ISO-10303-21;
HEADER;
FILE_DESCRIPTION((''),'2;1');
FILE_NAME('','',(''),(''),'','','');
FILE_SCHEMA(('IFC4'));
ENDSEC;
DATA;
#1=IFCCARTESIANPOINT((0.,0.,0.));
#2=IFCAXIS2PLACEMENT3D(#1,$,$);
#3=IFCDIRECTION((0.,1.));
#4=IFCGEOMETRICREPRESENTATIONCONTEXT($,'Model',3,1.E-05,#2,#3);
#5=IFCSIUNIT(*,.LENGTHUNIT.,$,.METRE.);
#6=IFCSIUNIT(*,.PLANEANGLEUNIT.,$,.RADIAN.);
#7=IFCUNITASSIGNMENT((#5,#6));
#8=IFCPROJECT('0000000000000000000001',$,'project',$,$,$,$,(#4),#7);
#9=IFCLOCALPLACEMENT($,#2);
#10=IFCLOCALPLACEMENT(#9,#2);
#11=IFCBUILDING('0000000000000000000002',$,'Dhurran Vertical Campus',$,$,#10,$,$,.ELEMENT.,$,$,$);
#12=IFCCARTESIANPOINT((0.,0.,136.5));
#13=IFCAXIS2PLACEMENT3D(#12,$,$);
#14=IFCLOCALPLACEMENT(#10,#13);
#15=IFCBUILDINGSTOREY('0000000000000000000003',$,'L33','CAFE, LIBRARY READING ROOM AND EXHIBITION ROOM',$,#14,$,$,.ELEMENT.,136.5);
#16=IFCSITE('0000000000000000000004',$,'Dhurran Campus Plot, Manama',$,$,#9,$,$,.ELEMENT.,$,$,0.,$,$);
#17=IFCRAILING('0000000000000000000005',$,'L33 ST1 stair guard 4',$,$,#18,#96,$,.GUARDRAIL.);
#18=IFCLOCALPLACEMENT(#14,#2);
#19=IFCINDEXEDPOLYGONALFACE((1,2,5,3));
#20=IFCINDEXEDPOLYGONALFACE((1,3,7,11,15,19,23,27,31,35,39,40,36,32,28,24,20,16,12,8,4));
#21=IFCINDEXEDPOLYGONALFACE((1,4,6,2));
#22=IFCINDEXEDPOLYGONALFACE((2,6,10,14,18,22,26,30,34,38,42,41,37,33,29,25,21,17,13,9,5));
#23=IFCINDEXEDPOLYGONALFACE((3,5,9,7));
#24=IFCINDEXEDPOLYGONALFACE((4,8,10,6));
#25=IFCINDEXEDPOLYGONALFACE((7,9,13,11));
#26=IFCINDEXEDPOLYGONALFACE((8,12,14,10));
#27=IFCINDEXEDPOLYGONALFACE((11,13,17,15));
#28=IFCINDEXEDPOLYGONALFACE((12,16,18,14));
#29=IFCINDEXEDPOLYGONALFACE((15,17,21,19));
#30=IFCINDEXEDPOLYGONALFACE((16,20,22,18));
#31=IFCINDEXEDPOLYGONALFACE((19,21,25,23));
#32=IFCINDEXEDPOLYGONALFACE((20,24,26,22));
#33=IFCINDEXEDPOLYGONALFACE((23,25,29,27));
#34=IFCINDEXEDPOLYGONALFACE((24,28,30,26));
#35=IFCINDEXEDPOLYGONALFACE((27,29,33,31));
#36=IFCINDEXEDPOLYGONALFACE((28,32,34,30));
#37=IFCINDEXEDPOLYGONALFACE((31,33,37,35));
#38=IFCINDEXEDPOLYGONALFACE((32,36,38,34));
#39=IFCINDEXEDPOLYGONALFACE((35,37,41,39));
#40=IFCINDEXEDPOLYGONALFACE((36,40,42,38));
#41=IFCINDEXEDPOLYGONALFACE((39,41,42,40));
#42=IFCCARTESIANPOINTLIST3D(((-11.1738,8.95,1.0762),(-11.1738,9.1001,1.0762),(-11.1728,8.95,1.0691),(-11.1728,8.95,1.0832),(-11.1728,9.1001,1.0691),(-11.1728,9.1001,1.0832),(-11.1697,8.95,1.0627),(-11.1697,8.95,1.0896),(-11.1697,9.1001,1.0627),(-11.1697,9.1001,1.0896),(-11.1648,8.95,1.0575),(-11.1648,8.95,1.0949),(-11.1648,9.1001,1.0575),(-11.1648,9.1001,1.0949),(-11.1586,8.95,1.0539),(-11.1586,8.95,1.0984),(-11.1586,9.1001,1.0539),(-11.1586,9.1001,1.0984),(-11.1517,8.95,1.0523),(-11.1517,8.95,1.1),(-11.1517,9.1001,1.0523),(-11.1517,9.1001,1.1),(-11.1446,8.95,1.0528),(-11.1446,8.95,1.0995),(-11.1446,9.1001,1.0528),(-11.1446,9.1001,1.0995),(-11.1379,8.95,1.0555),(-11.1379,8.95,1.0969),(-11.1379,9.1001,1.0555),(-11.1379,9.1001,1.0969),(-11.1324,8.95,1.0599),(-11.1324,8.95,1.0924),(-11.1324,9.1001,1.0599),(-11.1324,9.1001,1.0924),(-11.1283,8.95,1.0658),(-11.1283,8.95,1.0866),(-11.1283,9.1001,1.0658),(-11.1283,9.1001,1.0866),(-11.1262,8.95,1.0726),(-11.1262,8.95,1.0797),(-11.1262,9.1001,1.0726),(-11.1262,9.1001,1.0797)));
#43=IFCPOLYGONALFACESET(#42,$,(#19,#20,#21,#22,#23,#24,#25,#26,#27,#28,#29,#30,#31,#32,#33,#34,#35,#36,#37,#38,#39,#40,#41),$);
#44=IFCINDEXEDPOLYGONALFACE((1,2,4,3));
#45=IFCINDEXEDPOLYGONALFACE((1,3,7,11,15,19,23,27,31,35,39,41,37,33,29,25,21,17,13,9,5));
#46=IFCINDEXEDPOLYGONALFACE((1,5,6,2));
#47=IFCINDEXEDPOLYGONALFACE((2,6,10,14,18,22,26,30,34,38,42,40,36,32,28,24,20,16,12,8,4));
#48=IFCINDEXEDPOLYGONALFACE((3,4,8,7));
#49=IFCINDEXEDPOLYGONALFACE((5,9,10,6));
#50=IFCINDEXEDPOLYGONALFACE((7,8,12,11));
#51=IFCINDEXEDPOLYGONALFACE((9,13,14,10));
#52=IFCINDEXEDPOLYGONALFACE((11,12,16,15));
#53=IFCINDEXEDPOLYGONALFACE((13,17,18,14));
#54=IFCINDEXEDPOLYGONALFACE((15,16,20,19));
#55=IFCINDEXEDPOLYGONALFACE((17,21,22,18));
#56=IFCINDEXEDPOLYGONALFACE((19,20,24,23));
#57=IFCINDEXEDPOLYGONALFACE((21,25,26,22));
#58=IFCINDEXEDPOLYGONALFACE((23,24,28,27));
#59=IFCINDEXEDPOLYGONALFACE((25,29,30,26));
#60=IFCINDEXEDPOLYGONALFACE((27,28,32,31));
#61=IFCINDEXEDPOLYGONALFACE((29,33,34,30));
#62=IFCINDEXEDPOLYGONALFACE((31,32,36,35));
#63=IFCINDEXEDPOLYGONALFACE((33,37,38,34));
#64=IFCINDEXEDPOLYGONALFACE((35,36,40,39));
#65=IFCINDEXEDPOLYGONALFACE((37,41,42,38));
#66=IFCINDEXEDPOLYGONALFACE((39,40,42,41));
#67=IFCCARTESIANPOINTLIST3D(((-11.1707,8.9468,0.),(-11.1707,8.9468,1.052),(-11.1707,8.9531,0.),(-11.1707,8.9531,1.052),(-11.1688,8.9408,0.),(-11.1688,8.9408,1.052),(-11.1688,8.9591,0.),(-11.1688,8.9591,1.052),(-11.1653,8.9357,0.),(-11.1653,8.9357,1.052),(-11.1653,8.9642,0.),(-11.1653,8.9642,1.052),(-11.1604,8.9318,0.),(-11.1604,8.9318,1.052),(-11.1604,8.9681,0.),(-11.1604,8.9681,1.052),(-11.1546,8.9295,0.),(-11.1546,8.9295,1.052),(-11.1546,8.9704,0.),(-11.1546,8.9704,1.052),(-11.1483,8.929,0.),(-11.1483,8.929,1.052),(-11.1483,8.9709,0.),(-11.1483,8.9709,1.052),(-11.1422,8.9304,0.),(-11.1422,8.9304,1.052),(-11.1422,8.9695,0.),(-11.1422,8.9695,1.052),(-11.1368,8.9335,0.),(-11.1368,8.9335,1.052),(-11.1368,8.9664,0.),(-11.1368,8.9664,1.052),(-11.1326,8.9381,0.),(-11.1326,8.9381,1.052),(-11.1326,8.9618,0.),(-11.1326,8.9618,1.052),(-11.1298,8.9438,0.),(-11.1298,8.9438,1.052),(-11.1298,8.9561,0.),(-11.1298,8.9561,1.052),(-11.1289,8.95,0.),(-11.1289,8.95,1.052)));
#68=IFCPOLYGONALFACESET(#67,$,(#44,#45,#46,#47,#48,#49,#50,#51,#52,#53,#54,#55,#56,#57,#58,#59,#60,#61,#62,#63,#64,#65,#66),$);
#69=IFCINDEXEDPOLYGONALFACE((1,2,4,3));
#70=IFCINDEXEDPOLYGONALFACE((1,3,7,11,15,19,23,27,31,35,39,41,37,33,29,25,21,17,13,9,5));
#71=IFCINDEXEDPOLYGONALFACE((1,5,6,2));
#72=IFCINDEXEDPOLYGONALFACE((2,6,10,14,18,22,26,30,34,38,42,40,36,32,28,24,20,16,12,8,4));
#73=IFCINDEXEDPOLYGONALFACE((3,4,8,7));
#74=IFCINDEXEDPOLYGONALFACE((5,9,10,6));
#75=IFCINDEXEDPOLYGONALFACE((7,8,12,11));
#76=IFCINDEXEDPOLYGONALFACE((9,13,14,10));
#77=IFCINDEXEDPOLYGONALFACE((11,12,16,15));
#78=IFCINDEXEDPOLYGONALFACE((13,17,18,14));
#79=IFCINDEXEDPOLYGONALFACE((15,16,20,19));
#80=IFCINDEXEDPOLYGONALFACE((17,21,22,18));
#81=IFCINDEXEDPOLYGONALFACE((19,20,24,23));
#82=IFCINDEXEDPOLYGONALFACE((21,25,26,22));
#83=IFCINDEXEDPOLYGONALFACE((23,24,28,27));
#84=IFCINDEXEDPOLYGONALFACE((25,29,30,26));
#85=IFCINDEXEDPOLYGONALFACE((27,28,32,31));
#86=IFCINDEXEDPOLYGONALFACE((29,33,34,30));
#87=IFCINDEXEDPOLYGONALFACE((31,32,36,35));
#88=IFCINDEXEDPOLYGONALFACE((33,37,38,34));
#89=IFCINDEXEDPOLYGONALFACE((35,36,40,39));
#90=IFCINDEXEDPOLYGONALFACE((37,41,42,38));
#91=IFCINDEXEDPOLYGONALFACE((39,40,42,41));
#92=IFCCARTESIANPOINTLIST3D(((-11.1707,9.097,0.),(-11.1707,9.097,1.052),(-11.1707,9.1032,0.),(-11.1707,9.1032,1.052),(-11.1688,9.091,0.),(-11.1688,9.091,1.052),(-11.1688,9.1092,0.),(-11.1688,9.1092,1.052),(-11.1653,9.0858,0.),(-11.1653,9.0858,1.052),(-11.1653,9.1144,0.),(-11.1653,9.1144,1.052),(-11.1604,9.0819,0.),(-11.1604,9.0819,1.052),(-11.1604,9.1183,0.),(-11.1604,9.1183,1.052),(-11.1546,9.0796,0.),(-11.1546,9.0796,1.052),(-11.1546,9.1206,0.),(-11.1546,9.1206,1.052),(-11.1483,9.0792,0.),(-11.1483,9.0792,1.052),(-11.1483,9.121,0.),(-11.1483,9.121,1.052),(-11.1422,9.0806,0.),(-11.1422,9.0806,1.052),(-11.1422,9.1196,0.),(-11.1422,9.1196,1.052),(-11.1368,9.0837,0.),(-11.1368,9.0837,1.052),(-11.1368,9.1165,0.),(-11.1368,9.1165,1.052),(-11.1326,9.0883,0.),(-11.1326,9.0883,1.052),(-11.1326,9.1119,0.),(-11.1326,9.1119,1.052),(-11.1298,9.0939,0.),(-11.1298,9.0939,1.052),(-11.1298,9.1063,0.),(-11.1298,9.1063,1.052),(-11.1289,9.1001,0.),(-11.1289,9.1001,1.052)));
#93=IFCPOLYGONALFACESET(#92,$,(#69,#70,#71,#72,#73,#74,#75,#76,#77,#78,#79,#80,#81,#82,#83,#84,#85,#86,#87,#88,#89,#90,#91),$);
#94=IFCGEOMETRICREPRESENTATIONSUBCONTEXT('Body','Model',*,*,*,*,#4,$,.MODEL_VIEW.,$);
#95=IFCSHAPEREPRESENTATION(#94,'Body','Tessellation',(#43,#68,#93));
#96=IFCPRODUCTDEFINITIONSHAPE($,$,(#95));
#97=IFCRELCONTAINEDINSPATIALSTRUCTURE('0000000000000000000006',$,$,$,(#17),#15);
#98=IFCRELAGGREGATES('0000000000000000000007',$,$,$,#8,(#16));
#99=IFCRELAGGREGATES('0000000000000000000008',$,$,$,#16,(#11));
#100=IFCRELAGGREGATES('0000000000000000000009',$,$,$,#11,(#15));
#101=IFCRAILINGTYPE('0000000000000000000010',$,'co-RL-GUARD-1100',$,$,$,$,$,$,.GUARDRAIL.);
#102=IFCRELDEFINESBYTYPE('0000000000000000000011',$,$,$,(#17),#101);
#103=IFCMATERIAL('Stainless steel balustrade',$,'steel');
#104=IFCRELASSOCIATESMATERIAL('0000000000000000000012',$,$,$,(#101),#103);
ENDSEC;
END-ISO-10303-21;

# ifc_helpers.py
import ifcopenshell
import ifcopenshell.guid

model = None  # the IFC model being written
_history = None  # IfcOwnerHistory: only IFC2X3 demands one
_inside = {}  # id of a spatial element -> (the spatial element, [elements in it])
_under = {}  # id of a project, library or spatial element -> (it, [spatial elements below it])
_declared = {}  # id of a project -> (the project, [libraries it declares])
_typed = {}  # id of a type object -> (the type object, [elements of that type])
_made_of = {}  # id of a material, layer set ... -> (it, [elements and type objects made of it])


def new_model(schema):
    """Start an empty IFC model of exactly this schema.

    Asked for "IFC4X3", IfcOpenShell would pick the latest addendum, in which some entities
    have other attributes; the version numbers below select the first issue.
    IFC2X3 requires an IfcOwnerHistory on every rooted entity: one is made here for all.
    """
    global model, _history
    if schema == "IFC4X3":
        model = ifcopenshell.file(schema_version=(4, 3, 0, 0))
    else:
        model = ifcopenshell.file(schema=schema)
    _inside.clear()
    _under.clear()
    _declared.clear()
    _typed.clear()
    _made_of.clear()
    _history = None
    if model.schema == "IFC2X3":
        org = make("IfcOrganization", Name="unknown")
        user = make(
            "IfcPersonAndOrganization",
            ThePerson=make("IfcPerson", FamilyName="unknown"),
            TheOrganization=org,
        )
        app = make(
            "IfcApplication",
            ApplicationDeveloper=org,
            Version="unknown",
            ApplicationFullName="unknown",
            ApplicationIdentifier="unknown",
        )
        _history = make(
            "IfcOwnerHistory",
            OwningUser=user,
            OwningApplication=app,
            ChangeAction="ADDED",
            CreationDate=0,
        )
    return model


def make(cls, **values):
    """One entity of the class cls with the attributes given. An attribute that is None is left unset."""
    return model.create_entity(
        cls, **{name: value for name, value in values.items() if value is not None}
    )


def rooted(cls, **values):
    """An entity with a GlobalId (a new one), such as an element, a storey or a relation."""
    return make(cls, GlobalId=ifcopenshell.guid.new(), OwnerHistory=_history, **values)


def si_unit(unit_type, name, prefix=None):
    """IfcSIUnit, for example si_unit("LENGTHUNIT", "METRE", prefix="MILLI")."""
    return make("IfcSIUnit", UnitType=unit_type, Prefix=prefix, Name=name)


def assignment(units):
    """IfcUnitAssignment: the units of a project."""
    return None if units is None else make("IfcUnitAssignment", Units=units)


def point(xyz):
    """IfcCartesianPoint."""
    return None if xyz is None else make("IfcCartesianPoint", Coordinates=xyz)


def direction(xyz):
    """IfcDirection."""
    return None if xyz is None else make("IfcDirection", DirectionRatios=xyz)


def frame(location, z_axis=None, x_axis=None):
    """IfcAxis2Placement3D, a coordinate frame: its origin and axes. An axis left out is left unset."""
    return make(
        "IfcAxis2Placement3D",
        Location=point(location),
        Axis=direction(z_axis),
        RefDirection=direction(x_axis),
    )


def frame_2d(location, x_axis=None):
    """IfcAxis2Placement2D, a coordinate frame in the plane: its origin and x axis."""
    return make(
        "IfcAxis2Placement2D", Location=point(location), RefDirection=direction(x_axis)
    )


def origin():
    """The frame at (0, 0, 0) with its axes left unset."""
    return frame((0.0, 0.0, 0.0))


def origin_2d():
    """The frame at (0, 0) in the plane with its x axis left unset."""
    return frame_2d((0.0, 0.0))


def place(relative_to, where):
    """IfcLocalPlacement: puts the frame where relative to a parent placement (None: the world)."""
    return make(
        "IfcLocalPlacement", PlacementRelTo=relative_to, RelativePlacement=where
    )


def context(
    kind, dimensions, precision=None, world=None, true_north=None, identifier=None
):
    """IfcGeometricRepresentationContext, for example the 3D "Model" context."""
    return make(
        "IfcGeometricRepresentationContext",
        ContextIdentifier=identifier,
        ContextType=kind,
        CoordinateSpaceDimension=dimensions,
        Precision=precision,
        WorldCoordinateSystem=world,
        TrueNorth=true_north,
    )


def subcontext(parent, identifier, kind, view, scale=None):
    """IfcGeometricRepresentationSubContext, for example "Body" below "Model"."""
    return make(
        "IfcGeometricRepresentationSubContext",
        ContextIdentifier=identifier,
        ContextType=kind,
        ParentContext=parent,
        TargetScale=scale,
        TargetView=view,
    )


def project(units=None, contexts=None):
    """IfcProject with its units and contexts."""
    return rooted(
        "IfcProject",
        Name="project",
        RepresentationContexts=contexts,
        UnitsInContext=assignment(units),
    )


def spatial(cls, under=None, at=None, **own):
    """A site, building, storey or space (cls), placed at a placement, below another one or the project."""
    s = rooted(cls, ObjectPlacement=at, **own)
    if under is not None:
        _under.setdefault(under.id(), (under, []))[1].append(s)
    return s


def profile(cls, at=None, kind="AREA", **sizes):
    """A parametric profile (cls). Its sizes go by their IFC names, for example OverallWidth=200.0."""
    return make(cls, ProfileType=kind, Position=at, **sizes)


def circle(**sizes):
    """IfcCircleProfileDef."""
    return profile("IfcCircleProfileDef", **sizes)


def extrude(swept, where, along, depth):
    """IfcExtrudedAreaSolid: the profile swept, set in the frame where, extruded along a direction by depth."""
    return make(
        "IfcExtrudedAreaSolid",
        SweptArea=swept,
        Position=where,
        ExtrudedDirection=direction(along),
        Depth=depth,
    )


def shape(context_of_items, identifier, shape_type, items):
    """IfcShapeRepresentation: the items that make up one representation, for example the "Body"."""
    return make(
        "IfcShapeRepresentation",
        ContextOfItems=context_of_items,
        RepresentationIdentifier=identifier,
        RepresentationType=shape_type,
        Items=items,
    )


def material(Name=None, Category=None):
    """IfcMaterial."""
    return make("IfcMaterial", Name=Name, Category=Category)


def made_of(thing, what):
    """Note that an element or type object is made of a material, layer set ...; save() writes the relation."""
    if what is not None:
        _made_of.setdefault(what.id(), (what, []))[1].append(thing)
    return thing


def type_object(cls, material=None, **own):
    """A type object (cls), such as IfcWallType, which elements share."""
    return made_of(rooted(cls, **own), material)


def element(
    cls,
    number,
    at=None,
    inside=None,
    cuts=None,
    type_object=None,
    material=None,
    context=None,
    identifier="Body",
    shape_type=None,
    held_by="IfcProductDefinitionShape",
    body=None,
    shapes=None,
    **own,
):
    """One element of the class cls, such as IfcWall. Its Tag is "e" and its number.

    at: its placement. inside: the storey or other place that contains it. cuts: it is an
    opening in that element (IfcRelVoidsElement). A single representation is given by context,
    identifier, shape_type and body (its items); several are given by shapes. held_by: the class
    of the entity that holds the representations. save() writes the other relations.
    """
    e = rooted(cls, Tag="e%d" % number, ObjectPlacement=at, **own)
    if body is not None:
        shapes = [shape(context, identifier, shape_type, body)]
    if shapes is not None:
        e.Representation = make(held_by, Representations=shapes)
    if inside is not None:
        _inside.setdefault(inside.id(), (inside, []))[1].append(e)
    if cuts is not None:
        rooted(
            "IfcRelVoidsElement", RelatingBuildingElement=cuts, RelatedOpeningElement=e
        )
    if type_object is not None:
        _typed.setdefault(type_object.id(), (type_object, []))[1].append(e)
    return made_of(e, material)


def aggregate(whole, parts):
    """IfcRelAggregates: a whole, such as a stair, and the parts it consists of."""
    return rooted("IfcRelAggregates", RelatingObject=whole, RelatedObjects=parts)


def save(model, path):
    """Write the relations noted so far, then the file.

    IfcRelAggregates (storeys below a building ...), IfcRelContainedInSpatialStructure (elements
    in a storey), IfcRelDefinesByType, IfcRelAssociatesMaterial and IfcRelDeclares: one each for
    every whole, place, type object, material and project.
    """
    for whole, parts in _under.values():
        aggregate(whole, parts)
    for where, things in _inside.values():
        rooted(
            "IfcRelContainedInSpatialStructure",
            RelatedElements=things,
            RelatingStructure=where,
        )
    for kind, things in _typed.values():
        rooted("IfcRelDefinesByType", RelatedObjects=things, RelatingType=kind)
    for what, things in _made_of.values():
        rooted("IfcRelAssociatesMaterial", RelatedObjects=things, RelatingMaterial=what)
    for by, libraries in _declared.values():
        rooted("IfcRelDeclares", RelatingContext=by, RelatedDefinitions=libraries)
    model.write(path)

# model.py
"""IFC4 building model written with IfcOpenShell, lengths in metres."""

from ifc_helpers import new_model, si_unit, direction, frame, origin, origin_2d, place, context, subcontext, project, spatial, circle, extrude, material, type_object, element, save


model = new_model("IFC4")

# Units and contexts
model_context = context("Model", 3, precision=1e-05, world=origin(), true_north=direction((0.0, 1.0)))
body_context = subcontext(model_context, "Body", "Model", "MODEL_VIEW")
ifc_project = project(units=[si_unit("LENGTHUNIT", "METRE"), si_unit("PLANEANGLEUNIT", "RADIAN")], contexts=[model_context])

# Site, building, storey
site_placement = place(None, origin())
site = spatial("IfcSite", under=ifc_project, at=site_placement, Name="Dhurran Campus Plot, Manama", CompositionType="ELEMENT", RefElevation=0.0)
building_placement = place(site_placement, origin())
building = spatial("IfcBuilding", under=site, at=building_placement, Name="Dhurran Vertical Campus", CompositionType="ELEMENT")
storey_placement = place(building_placement, frame((0.0, 0.0, 136.5)))
storey = spatial("IfcBuildingStorey", under=building, at=storey_placement, Name="L33", Description="CAFE, LIBRARY READING ROOM AND EXHIBITION ROOM", CompositionType="ELEMENT", Elevation=136.5)

# Railing
ifc_material_1 = material(Name="Stainless steel balustrade", Category="steel")
railing_type_1 = type_object("IfcRailingType", Name="co-RL-GUARD-1100", PredefinedType="GUARDRAIL", material=ifc_material_1)
railing_1_placement = place(storey_placement, frame((-11.1499, 8.95, 0.0)))
element("IfcRailing", 1, at=railing_1_placement, inside=storey, type_object=railing_type_1, Name="L33 ST1 stair guard 4", PredefinedType="GUARDRAIL", context=body_context, shape_type="SweptSolid", body=[
    extrude(circle(Radius=0.0239, at=origin_2d()), frame((0.0, 0.0, 1.0762), z_axis=(0.0, 1.0, 0.0), x_axis=(-1.0, 0.0, 0.0)), (0.0, 0.0, 1.0), 0.1501),
    extrude(circle(Radius=0.021, at=origin_2d()), origin(), (0.0, 0.0, 1.0), 1.052),
    extrude(circle(Radius=0.021, at=origin_2d()), frame((0.0, 0.1501, 0.0)), (0.0, 0.0, 1.0), 1.052),
])

save(model, "model.ifc")
